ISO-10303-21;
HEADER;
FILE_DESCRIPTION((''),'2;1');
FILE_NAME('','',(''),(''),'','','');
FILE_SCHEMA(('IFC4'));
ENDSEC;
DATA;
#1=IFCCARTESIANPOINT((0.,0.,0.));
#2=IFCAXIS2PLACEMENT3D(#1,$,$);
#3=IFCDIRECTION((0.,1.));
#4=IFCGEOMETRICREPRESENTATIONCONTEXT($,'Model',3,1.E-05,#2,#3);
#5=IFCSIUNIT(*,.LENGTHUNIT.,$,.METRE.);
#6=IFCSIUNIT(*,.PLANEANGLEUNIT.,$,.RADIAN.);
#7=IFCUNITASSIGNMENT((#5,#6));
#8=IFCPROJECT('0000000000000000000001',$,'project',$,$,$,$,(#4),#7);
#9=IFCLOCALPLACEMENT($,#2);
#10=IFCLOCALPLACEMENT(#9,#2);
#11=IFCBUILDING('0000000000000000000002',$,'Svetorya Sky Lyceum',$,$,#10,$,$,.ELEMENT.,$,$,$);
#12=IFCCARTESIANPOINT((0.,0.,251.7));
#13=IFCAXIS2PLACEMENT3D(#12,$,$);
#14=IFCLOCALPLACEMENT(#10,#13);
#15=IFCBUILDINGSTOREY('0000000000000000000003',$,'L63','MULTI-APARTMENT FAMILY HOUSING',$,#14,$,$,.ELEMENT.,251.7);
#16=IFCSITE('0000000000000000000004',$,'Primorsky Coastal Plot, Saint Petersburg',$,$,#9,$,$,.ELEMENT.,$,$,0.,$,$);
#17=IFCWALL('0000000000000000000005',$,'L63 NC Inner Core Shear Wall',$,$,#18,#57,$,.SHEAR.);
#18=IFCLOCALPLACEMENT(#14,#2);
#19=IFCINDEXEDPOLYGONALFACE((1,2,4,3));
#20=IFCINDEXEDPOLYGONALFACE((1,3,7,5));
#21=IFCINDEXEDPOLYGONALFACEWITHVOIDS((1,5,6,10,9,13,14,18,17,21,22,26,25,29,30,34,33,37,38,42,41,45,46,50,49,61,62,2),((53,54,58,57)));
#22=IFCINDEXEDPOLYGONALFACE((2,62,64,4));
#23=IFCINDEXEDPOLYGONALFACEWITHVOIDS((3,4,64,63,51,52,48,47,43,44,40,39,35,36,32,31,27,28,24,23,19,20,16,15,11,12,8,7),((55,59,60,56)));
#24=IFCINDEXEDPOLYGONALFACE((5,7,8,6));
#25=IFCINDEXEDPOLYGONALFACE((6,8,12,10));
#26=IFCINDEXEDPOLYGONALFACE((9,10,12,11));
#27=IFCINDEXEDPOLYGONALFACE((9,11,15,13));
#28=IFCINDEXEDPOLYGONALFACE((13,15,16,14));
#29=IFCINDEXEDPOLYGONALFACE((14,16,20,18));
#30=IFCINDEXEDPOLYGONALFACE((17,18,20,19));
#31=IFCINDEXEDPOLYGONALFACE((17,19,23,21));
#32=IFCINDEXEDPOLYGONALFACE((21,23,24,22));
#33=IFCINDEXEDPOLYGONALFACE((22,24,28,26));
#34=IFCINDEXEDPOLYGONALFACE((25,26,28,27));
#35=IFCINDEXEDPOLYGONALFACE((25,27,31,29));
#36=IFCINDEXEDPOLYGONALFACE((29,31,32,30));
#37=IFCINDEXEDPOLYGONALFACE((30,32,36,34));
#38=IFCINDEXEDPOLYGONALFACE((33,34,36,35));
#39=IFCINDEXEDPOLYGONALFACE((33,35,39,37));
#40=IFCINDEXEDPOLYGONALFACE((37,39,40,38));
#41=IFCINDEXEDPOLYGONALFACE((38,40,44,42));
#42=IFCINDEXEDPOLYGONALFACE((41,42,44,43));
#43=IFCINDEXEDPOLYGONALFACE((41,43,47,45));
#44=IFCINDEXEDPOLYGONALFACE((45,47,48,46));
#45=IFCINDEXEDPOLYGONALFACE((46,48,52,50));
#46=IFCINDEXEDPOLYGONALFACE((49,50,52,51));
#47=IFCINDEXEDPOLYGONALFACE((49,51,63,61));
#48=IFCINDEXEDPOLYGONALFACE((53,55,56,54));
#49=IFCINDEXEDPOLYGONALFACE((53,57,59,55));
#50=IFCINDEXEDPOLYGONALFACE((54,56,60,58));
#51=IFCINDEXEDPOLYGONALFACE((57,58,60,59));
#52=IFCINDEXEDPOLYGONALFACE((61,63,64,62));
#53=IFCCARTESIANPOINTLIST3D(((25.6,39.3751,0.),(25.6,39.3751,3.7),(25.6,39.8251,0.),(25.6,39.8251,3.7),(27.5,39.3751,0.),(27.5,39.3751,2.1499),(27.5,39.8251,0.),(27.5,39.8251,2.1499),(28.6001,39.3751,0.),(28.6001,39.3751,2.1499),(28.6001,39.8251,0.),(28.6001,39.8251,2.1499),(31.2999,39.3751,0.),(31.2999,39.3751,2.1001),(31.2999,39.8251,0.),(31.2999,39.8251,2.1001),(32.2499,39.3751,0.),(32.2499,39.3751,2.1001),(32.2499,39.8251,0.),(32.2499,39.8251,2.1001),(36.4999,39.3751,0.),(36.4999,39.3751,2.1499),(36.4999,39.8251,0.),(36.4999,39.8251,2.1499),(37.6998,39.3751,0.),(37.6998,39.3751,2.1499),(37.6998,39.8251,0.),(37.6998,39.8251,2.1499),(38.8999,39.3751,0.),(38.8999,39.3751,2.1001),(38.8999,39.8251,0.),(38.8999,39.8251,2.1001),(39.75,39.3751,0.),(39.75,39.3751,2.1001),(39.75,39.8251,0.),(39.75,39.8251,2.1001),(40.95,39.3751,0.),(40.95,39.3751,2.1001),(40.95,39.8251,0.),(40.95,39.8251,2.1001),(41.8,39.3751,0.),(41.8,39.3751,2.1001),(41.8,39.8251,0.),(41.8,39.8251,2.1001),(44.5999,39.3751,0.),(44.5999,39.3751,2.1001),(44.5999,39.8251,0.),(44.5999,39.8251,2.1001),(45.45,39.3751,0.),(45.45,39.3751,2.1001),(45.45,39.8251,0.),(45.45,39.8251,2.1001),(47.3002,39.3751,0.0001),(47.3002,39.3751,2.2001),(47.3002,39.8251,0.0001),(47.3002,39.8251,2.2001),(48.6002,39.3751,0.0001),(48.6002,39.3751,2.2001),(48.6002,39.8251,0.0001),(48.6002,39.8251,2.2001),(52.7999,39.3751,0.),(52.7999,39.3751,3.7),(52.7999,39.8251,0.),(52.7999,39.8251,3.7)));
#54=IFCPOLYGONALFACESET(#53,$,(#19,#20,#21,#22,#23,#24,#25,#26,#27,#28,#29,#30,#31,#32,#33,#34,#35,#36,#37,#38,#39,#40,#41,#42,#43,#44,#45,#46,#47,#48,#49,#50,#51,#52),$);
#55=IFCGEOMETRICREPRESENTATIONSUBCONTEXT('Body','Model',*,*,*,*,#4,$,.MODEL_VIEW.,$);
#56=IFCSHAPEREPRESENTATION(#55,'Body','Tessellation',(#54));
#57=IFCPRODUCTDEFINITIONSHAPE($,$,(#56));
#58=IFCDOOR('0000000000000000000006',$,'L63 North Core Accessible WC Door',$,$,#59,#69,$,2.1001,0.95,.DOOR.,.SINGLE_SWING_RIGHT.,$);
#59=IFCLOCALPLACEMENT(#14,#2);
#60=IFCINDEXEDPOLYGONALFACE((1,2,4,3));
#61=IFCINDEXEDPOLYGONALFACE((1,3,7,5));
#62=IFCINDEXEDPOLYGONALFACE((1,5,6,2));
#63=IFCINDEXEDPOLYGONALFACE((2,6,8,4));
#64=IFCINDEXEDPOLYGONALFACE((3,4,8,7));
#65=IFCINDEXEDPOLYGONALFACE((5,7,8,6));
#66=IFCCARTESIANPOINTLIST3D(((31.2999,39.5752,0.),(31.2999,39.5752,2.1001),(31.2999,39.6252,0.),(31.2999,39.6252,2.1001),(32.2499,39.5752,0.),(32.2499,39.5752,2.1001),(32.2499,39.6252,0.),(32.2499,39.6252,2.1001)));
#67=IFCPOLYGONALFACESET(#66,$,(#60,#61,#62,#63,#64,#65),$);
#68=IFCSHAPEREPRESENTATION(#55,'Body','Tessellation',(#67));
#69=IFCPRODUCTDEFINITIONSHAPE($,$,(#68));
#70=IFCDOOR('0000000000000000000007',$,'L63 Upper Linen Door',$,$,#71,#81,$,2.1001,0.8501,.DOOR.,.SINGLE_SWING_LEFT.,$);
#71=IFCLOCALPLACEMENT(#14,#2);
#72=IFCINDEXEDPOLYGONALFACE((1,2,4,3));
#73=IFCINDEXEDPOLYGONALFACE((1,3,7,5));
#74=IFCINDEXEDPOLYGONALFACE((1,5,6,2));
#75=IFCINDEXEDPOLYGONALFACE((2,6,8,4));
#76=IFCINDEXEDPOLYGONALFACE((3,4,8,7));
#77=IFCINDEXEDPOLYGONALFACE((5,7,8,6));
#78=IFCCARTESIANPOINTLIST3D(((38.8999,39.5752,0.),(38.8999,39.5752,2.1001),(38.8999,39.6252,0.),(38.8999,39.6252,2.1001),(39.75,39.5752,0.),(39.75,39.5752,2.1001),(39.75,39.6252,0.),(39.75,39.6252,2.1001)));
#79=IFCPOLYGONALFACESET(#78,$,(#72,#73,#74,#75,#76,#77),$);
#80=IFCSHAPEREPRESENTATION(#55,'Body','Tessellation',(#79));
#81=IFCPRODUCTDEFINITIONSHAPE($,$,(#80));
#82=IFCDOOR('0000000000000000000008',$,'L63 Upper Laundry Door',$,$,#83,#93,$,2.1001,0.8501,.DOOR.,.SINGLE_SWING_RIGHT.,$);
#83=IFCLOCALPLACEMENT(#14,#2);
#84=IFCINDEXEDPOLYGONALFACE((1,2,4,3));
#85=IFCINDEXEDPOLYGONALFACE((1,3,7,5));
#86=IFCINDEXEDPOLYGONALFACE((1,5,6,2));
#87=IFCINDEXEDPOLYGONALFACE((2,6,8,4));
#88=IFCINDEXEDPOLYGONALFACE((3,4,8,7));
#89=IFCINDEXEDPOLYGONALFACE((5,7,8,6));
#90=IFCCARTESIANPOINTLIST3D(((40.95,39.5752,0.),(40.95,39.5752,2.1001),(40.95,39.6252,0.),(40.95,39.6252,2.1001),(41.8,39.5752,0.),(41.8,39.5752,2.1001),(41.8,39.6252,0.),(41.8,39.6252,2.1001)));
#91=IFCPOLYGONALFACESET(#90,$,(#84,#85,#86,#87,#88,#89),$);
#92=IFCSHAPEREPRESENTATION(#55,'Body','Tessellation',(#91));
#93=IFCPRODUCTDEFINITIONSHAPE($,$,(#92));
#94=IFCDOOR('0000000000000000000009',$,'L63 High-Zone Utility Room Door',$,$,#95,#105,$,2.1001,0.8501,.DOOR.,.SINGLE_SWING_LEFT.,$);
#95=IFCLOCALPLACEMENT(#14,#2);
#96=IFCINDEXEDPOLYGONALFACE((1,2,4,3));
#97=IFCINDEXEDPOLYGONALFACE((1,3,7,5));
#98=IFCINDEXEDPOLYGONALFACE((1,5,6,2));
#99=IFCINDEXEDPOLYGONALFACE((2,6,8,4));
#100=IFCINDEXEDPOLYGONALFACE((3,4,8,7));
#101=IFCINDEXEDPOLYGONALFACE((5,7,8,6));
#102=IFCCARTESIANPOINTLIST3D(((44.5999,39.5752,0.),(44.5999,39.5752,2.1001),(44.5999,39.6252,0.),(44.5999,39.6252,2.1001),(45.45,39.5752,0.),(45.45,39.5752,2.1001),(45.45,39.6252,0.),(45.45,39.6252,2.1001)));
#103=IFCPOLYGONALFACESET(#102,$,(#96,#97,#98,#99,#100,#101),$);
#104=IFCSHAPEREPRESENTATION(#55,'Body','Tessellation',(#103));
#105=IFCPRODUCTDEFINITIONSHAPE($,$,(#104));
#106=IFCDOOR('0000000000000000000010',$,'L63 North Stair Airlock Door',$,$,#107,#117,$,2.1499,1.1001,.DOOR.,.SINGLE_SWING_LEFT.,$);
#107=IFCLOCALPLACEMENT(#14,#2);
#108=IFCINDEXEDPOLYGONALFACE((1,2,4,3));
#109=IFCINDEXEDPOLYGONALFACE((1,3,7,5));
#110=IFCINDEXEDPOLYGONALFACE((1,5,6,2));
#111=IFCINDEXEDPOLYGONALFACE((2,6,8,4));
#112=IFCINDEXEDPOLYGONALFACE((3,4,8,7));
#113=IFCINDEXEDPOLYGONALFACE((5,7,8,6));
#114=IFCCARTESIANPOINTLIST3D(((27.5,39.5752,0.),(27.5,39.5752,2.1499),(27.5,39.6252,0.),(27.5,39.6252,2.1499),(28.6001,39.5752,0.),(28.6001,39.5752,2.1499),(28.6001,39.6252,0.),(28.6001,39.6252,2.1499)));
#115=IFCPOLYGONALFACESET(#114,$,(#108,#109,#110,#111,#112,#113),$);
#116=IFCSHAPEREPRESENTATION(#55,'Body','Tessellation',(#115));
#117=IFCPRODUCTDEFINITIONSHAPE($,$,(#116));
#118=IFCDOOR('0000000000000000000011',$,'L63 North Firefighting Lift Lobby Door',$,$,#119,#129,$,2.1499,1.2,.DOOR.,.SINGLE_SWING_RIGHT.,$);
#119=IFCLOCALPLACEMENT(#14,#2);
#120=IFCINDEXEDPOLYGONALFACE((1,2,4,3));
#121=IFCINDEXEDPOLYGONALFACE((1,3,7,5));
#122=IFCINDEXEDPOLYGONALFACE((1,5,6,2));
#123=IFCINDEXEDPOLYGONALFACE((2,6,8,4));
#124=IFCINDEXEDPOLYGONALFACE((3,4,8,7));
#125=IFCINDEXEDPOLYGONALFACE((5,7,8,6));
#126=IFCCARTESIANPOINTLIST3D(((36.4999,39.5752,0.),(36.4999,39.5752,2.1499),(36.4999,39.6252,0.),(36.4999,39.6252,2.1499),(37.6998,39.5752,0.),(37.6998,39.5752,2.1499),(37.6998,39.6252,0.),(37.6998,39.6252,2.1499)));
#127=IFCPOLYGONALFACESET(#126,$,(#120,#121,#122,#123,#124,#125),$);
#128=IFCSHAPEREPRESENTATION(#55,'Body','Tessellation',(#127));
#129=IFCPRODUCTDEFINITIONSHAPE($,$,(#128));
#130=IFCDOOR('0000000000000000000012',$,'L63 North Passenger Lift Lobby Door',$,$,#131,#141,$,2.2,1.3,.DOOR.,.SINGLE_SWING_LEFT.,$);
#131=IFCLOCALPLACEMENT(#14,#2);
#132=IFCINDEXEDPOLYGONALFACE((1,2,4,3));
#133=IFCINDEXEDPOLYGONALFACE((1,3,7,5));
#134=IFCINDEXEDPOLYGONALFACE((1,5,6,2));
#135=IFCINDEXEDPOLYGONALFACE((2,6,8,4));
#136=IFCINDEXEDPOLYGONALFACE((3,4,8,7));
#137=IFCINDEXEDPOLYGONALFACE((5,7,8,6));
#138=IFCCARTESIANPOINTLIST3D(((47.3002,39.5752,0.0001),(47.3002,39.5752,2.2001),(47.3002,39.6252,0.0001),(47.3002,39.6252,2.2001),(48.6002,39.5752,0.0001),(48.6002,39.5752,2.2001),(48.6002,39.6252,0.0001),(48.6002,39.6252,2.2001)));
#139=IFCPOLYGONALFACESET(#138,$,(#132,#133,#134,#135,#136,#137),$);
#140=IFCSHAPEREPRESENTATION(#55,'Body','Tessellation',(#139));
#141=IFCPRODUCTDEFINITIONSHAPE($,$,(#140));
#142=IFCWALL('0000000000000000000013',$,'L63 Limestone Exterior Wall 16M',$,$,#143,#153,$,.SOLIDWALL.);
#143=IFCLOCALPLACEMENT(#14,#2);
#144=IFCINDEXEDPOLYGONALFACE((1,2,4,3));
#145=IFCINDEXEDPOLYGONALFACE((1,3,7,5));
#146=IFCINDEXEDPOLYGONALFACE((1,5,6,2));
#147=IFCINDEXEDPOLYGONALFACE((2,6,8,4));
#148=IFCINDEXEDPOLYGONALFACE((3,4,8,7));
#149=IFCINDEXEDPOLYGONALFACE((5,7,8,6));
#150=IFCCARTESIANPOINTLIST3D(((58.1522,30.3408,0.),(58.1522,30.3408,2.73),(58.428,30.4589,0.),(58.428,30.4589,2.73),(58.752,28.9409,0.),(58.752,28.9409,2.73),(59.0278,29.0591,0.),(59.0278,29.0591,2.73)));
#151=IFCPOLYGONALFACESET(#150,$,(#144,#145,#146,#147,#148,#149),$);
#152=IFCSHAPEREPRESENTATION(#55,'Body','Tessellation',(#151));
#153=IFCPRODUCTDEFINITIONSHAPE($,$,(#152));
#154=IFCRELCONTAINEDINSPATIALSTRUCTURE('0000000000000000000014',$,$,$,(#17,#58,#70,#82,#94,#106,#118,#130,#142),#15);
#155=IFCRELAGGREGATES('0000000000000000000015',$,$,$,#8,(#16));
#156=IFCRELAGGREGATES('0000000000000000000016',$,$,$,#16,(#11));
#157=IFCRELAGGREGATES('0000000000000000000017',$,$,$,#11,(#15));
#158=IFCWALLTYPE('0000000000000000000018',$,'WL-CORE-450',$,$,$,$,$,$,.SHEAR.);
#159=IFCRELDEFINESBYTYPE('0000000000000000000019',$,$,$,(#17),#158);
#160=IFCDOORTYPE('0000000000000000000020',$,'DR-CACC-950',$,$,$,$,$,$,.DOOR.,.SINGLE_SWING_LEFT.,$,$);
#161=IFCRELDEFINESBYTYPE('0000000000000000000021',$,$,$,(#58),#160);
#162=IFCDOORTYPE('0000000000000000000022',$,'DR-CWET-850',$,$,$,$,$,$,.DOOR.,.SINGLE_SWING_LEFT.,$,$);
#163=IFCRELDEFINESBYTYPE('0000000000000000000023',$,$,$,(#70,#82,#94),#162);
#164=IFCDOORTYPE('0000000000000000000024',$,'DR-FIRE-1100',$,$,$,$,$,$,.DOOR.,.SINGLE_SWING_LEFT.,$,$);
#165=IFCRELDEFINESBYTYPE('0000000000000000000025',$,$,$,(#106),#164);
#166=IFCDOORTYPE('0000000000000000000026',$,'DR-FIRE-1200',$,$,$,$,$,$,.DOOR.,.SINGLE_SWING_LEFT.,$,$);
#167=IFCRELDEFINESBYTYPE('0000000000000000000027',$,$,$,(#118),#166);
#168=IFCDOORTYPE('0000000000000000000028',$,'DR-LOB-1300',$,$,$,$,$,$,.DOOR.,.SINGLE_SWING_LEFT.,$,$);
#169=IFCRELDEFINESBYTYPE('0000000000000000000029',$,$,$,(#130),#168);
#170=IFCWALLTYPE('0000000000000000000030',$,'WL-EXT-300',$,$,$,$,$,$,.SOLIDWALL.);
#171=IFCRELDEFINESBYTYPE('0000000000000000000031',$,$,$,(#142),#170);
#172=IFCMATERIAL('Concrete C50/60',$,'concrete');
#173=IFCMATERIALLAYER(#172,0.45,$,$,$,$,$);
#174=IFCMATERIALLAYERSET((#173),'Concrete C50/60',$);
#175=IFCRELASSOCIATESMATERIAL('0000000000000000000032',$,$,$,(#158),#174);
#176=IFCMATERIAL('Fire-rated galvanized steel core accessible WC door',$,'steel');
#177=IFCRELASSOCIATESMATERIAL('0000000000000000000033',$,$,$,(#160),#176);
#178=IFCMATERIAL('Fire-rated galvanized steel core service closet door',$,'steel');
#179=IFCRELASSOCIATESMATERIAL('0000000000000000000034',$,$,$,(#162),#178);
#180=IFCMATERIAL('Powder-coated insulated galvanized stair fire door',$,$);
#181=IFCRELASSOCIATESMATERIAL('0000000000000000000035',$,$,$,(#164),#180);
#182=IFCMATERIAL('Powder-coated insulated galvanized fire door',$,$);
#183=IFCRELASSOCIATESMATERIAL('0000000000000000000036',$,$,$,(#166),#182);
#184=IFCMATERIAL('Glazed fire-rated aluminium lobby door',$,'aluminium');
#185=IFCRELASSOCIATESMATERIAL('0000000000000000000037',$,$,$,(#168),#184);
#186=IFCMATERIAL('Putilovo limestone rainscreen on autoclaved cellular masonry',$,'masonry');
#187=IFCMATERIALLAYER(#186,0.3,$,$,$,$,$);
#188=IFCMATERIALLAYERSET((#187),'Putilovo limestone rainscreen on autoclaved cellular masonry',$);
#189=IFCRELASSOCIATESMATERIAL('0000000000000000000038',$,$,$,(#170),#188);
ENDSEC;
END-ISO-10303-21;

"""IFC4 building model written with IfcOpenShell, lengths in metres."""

from ifc_helpers import new_model, si_unit, direction, frame, frame_2d, origin, place, context, subcontext, project, spatial, rectangle, extrude, material, layer, layer_set, type_object, element, fill, save


model = new_model("IFC4")

# Units and contexts
model_context = context("Model", 3, precision=1e-05, world=origin(), true_north=direction((0.0, 1.0)))
body_context = subcontext(model_context, "Body", "Model", "MODEL_VIEW")
ifc_project = project(units=[si_unit("LENGTHUNIT", "METRE"), si_unit("PLANEANGLEUNIT", "RADIAN")], contexts=[model_context])

# Site, building, storey
site_placement = place(None, origin())
site = spatial("IfcSite", under=ifc_project, at=site_placement, Name="Primorsky Coastal Plot, Saint Petersburg", CompositionType="ELEMENT", RefElevation=0.0)
building_placement = place(site_placement, origin())
building = spatial("IfcBuilding", under=site, at=building_placement, Name="Svetorya Sky Lyceum", CompositionType="ELEMENT")
storey_placement = place(building_placement, frame((0.0, 0.0, 251.7)))
storey = spatial("IfcBuildingStorey", under=building, at=storey_placement, Name="L63", Description="MULTI-APARTMENT FAMILY HOUSING", CompositionType="ELEMENT", Elevation=251.7)

# Shared definitions
ifc_material_1 = material(Name="Concrete C50/60", Category="concrete")

# Wall, openings, doors
ifc_layer_1 = layer(ifc_material_1, 0.45)
ifc_layer_set_1 = layer_set([ifc_layer_1], Name="Concrete C50/60")
wall_type_1 = type_object("IfcWallType", Name="WL-CORE-450", PredefinedType="SHEAR", material=ifc_layer_set_1)
wall_1_placement = place(storey_placement, frame((52.8, 39.6001, 0.0), z_axis=(0.0, 0.0, 1.0), x_axis=(-1.0, 0.0, 0.0)))
wall_1 = element("IfcWall", 1, at=wall_1_placement, inside=storey, type_object=wall_type_1, Name="L63 NC Inner Core Shear Wall", PredefinedType="SHEAR", context=body_context, shape_type="SweptSolid", body=[
    extrude(rectangle(XDim=27.2, YDim=0.45, at=frame_2d((13.6001, 0.0))), origin(), (0.0, 0.0, 1.0), 3.7),
])
opening_1_placement = place(wall_1_placement, frame((24.2, 0.0, 0.0)))
opening_1 = element("IfcOpeningElement", 2, at=opening_1_placement, cuts=wall_1, PredefinedType="OPENING", context=body_context, shape_type="SweptSolid", body=[
    extrude(rectangle(XDim=1.1001, YDim=2.1499, at=frame_2d((0.55, 1.075))), frame((0.0, 0.2349, 0.0), z_axis=(0.0, -1.0, 0.0), x_axis=(1.0, 0.0, 0.0)), (0.0, 0.0, 1.0), 0.47),
])
opening_2_placement = place(wall_1_placement, frame((20.55, 0.0, 0.0)))
opening_2 = element("IfcOpeningElement", 3, at=opening_2_placement, cuts=wall_1, PredefinedType="OPENING", context=body_context, shape_type="SweptSolid", body=[
    extrude(rectangle(XDim=0.95, YDim=2.1001, at=frame_2d((0.4751, 1.05))), frame((0.0, 0.2349, 0.0), z_axis=(0.0, -1.0, 0.0), x_axis=(1.0, 0.0, 0.0)), (0.0, 0.0, 1.0), 0.47),
])
opening_3_placement = place(wall_1_placement, frame((15.1001, 0.0, 0.0)))
opening_3 = element("IfcOpeningElement", 4, at=opening_3_placement, cuts=wall_1, PredefinedType="OPENING", context=body_context, shape_type="SweptSolid", body=[
    extrude(rectangle(XDim=1.2, YDim=2.1499, at=frame_2d((0.6001, 1.075))), frame((0.0, 0.2349, 0.0), z_axis=(0.0, -1.0, 0.0), x_axis=(1.0, 0.0, 0.0)), (0.0, 0.0, 1.0), 0.47),
])
opening_4_placement = place(wall_1_placement, frame((13.05, 0.0, 0.0)))
opening_4 = element("IfcOpeningElement", 5, at=opening_4_placement, cuts=wall_1, PredefinedType="OPENING", context=body_context, shape_type="SweptSolid", body=[
    extrude(rectangle(XDim=0.8501, YDim=2.1001, at=frame_2d((0.425, 1.05))), frame((0.0, 0.2349, 0.0), z_axis=(0.0, -1.0, 0.0), x_axis=(1.0, 0.0, 0.0)), (0.0, 0.0, 1.0), 0.47),
])
opening_5_placement = place(wall_1_placement, frame((11.0, 0.0, 0.0)))
opening_5 = element("IfcOpeningElement", 6, at=opening_5_placement, cuts=wall_1, PredefinedType="OPENING", context=body_context, shape_type="SweptSolid", body=[
    extrude(rectangle(XDim=0.8501, YDim=2.1001, at=frame_2d((0.425, 1.05))), frame((0.0, 0.2349, 0.0), z_axis=(0.0, -1.0, 0.0), x_axis=(1.0, 0.0, 0.0)), (0.0, 0.0, 1.0), 0.47),
])
opening_6_placement = place(wall_1_placement, frame((7.3501, 0.0, 0.0)))
opening_6 = element("IfcOpeningElement", 7, at=opening_6_placement, cuts=wall_1, PredefinedType="OPENING", context=body_context, shape_type="SweptSolid", body=[
    extrude(rectangle(XDim=0.8501, YDim=2.1001, at=frame_2d((0.425, 1.05))), frame((0.0, 0.2349, 0.0), z_axis=(0.0, -1.0, 0.0), x_axis=(1.0, 0.0, 0.0)), (0.0, 0.0, 1.0), 0.47),
])
opening_7_placement = place(wall_1_placement, frame((4.2, 0.0, 0.0)))
opening_7 = element("IfcOpeningElement", 8, at=opening_7_placement, cuts=wall_1, PredefinedType="OPENING", context=body_context, shape_type="SweptSolid", body=[
    extrude(rectangle(XDim=1.3, YDim=2.2, at=frame_2d((0.6499, 1.1001))), frame((0.0, 0.2349, 0.0), z_axis=(0.0, -1.0, 0.0), x_axis=(1.0, 0.0, 0.0)), (0.0, 0.0, 1.0), 0.47),
])
ifc_material_2 = material(Name="Fire-rated galvanized steel core accessible WC door", Category="steel")
door_type_1 = type_object("IfcDoorType", Name="DR-CACC-950", OperationType="SINGLE_SWING_LEFT", PredefinedType="DOOR", material=ifc_material_2)
door_1_placement = place(opening_2_placement, origin())
door_1 = element("IfcDoor", 9, at=door_1_placement, inside=storey, type_object=door_type_1, Name="L63 North Core Accessible WC Door", OperationType="SINGLE_SWING_RIGHT", OverallHeight=2.1001, OverallWidth=0.95, PredefinedType="DOOR", context=body_context, shape_type="SweptSolid", body=[
    extrude(rectangle(XDim=0.95, YDim=2.1001, at=frame_2d((0.4751, 1.05))), frame((0.0, 0.0249, 0.0), z_axis=(0.0, -1.0, 0.0), x_axis=(1.0, 0.0, 0.0)), (0.0, 0.0, 1.0), 0.05),
])
fill(opening_2, door_1)
ifc_material_3 = material(Name="Fire-rated galvanized steel core service closet door", Category="steel")
door_type_2 = type_object("IfcDoorType", Name="DR-CWET-850", OperationType="SINGLE_SWING_LEFT", PredefinedType="DOOR", material=ifc_material_3)
door_2_placement = place(opening_4_placement, origin())
door_2 = element("IfcDoor", 10, at=door_2_placement, inside=storey, type_object=door_type_2, Name="L63 Upper Linen Door", OperationType="SINGLE_SWING_LEFT", OverallHeight=2.1001, OverallWidth=0.8501, PredefinedType="DOOR", context=body_context, shape_type="SweptSolid", body=[
    extrude(rectangle(XDim=0.8501, YDim=2.1001, at=frame_2d((0.425, 1.05))), frame((0.0, 0.0249, 0.0), z_axis=(0.0, -1.0, 0.0), x_axis=(1.0, 0.0, 0.0)), (0.0, 0.0, 1.0), 0.05),
])
fill(opening_4, door_2)
door_3_placement = place(opening_5_placement, origin())
door_3 = element("IfcDoor", 11, at=door_3_placement, inside=storey, type_object=door_type_2, Name="L63 Upper Laundry Door", OperationType="SINGLE_SWING_RIGHT", OverallHeight=2.1001, OverallWidth=0.8501, PredefinedType="DOOR", context=body_context, shape_type="SweptSolid", body=[
    extrude(rectangle(XDim=0.8501, YDim=2.1001, at=frame_2d((0.425, 1.05))), frame((0.0, 0.0249, 0.0), z_axis=(0.0, -1.0, 0.0), x_axis=(1.0, 0.0, 0.0)), (0.0, 0.0, 1.0), 0.05),
])
fill(opening_5, door_3)
door_4_placement = place(opening_6_placement, origin())
door_4 = element("IfcDoor", 12, at=door_4_placement, inside=storey, type_object=door_type_2, Name="L63 High-Zone Utility Room Door", OperationType="SINGLE_SWING_LEFT", OverallHeight=2.1001, OverallWidth=0.8501, PredefinedType="DOOR", context=body_context, shape_type="SweptSolid", body=[
    extrude(rectangle(XDim=0.8501, YDim=2.1001, at=frame_2d((0.425, 1.05))), frame((0.0, 0.0249, 0.0), z_axis=(0.0, -1.0, 0.0), x_axis=(1.0, 0.0, 0.0)), (0.0, 0.0, 1.0), 0.05),
])
fill(opening_6, door_4)
ifc_material_4 = material(Name="Powder-coated insulated galvanized stair fire door")
door_type_3 = type_object("IfcDoorType", Name="DR-FIRE-1100", OperationType="SINGLE_SWING_LEFT", PredefinedType="DOOR", material=ifc_material_4)
door_5_placement = place(opening_1_placement, origin())
door_5 = element("IfcDoor", 13, at=door_5_placement, inside=storey, type_object=door_type_3, Name="L63 North Stair Airlock Door", OperationType="SINGLE_SWING_LEFT", OverallHeight=2.1499, OverallWidth=1.1001, PredefinedType="DOOR", context=body_context, shape_type="SweptSolid", body=[
    extrude(rectangle(XDim=1.1001, YDim=2.1499, at=frame_2d((0.55, 1.075))), frame((0.0, 0.0249, 0.0), z_axis=(0.0, -1.0, 0.0), x_axis=(1.0, 0.0, 0.0)), (0.0, 0.0, 1.0), 0.05),
])
fill(opening_1, door_5)
ifc_material_5 = material(Name="Powder-coated insulated galvanized fire door")
door_type_4 = type_object("IfcDoorType", Name="DR-FIRE-1200", OperationType="SINGLE_SWING_LEFT", PredefinedType="DOOR", material=ifc_material_5)
door_6_placement = place(opening_3_placement, origin())
door_6 = element("IfcDoor", 14, at=door_6_placement, inside=storey, type_object=door_type_4, Name="L63 North Firefighting Lift Lobby Door", OperationType="SINGLE_SWING_RIGHT", OverallHeight=2.1499, OverallWidth=1.2, PredefinedType="DOOR", context=body_context, shape_type="SweptSolid", body=[
    extrude(rectangle(XDim=1.2, YDim=2.1499, at=frame_2d((0.6001, 1.075))), frame((0.0, 0.0249, 0.0), z_axis=(0.0, -1.0, 0.0), x_axis=(1.0, 0.0, 0.0)), (0.0, 0.0, 1.0), 0.05),
])
fill(opening_3, door_6)
ifc_material_6 = material(Name="Glazed fire-rated aluminium lobby door", Category="aluminium")
door_type_5 = type_object("IfcDoorType", Name="DR-LOB-1300", OperationType="SINGLE_SWING_LEFT", PredefinedType="DOOR", material=ifc_material_6)
door_7_placement = place(opening_7_placement, origin())
door_7 = element("IfcDoor", 15, at=door_7_placement, inside=storey, type_object=door_type_5, Name="L63 North Passenger Lift Lobby Door", OperationType="SINGLE_SWING_LEFT", OverallHeight=2.2, OverallWidth=1.3, PredefinedType="DOOR", context=body_context, shape_type="SweptSolid", body=[
    extrude(rectangle(XDim=1.3, YDim=2.2, at=frame_2d((0.6499, 1.1001))), frame((0.0, 0.0249, 0.0), z_axis=(0.0, -1.0, 0.0), x_axis=(1.0, 0.0, 0.0)), (0.0, 0.0, 1.0), 0.05),
])
fill(opening_7, door_7)

# Wall
ifc_material_7 = material(Name="Putilovo limestone rainscreen on autoclaved cellular masonry", Category="masonry")
ifc_layer_2 = layer(ifc_material_7, 0.3)
ifc_layer_set_2 = layer_set([ifc_layer_2], Name="Putilovo limestone rainscreen on autoclaved cellular masonry")
wall_type_2 = type_object("IfcWallType", Name="WL-EXT-300", PredefinedType="SOLIDWALL", material=ifc_layer_set_2)
wall_2_placement = place(storey_placement, frame((58.8899, 29.0, 0.0), z_axis=(0.0, 0.0, 1.0), x_axis=(-0.393861, 0.91917, 0.0)))
element("IfcWall", 16, at=wall_2_placement, inside=storey, type_object=wall_type_2, Name="L63 Limestone Exterior Wall 16M", PredefinedType="SOLIDWALL", context=body_context, shape_type="SweptSolid", body=[
    extrude(rectangle(XDim=1.5229, YDim=0.3, at=frame_2d((0.7615, 0.0))), origin(), (0.0, 0.0, 1.0), 2.73),
])

save(model, "model.ifc")
